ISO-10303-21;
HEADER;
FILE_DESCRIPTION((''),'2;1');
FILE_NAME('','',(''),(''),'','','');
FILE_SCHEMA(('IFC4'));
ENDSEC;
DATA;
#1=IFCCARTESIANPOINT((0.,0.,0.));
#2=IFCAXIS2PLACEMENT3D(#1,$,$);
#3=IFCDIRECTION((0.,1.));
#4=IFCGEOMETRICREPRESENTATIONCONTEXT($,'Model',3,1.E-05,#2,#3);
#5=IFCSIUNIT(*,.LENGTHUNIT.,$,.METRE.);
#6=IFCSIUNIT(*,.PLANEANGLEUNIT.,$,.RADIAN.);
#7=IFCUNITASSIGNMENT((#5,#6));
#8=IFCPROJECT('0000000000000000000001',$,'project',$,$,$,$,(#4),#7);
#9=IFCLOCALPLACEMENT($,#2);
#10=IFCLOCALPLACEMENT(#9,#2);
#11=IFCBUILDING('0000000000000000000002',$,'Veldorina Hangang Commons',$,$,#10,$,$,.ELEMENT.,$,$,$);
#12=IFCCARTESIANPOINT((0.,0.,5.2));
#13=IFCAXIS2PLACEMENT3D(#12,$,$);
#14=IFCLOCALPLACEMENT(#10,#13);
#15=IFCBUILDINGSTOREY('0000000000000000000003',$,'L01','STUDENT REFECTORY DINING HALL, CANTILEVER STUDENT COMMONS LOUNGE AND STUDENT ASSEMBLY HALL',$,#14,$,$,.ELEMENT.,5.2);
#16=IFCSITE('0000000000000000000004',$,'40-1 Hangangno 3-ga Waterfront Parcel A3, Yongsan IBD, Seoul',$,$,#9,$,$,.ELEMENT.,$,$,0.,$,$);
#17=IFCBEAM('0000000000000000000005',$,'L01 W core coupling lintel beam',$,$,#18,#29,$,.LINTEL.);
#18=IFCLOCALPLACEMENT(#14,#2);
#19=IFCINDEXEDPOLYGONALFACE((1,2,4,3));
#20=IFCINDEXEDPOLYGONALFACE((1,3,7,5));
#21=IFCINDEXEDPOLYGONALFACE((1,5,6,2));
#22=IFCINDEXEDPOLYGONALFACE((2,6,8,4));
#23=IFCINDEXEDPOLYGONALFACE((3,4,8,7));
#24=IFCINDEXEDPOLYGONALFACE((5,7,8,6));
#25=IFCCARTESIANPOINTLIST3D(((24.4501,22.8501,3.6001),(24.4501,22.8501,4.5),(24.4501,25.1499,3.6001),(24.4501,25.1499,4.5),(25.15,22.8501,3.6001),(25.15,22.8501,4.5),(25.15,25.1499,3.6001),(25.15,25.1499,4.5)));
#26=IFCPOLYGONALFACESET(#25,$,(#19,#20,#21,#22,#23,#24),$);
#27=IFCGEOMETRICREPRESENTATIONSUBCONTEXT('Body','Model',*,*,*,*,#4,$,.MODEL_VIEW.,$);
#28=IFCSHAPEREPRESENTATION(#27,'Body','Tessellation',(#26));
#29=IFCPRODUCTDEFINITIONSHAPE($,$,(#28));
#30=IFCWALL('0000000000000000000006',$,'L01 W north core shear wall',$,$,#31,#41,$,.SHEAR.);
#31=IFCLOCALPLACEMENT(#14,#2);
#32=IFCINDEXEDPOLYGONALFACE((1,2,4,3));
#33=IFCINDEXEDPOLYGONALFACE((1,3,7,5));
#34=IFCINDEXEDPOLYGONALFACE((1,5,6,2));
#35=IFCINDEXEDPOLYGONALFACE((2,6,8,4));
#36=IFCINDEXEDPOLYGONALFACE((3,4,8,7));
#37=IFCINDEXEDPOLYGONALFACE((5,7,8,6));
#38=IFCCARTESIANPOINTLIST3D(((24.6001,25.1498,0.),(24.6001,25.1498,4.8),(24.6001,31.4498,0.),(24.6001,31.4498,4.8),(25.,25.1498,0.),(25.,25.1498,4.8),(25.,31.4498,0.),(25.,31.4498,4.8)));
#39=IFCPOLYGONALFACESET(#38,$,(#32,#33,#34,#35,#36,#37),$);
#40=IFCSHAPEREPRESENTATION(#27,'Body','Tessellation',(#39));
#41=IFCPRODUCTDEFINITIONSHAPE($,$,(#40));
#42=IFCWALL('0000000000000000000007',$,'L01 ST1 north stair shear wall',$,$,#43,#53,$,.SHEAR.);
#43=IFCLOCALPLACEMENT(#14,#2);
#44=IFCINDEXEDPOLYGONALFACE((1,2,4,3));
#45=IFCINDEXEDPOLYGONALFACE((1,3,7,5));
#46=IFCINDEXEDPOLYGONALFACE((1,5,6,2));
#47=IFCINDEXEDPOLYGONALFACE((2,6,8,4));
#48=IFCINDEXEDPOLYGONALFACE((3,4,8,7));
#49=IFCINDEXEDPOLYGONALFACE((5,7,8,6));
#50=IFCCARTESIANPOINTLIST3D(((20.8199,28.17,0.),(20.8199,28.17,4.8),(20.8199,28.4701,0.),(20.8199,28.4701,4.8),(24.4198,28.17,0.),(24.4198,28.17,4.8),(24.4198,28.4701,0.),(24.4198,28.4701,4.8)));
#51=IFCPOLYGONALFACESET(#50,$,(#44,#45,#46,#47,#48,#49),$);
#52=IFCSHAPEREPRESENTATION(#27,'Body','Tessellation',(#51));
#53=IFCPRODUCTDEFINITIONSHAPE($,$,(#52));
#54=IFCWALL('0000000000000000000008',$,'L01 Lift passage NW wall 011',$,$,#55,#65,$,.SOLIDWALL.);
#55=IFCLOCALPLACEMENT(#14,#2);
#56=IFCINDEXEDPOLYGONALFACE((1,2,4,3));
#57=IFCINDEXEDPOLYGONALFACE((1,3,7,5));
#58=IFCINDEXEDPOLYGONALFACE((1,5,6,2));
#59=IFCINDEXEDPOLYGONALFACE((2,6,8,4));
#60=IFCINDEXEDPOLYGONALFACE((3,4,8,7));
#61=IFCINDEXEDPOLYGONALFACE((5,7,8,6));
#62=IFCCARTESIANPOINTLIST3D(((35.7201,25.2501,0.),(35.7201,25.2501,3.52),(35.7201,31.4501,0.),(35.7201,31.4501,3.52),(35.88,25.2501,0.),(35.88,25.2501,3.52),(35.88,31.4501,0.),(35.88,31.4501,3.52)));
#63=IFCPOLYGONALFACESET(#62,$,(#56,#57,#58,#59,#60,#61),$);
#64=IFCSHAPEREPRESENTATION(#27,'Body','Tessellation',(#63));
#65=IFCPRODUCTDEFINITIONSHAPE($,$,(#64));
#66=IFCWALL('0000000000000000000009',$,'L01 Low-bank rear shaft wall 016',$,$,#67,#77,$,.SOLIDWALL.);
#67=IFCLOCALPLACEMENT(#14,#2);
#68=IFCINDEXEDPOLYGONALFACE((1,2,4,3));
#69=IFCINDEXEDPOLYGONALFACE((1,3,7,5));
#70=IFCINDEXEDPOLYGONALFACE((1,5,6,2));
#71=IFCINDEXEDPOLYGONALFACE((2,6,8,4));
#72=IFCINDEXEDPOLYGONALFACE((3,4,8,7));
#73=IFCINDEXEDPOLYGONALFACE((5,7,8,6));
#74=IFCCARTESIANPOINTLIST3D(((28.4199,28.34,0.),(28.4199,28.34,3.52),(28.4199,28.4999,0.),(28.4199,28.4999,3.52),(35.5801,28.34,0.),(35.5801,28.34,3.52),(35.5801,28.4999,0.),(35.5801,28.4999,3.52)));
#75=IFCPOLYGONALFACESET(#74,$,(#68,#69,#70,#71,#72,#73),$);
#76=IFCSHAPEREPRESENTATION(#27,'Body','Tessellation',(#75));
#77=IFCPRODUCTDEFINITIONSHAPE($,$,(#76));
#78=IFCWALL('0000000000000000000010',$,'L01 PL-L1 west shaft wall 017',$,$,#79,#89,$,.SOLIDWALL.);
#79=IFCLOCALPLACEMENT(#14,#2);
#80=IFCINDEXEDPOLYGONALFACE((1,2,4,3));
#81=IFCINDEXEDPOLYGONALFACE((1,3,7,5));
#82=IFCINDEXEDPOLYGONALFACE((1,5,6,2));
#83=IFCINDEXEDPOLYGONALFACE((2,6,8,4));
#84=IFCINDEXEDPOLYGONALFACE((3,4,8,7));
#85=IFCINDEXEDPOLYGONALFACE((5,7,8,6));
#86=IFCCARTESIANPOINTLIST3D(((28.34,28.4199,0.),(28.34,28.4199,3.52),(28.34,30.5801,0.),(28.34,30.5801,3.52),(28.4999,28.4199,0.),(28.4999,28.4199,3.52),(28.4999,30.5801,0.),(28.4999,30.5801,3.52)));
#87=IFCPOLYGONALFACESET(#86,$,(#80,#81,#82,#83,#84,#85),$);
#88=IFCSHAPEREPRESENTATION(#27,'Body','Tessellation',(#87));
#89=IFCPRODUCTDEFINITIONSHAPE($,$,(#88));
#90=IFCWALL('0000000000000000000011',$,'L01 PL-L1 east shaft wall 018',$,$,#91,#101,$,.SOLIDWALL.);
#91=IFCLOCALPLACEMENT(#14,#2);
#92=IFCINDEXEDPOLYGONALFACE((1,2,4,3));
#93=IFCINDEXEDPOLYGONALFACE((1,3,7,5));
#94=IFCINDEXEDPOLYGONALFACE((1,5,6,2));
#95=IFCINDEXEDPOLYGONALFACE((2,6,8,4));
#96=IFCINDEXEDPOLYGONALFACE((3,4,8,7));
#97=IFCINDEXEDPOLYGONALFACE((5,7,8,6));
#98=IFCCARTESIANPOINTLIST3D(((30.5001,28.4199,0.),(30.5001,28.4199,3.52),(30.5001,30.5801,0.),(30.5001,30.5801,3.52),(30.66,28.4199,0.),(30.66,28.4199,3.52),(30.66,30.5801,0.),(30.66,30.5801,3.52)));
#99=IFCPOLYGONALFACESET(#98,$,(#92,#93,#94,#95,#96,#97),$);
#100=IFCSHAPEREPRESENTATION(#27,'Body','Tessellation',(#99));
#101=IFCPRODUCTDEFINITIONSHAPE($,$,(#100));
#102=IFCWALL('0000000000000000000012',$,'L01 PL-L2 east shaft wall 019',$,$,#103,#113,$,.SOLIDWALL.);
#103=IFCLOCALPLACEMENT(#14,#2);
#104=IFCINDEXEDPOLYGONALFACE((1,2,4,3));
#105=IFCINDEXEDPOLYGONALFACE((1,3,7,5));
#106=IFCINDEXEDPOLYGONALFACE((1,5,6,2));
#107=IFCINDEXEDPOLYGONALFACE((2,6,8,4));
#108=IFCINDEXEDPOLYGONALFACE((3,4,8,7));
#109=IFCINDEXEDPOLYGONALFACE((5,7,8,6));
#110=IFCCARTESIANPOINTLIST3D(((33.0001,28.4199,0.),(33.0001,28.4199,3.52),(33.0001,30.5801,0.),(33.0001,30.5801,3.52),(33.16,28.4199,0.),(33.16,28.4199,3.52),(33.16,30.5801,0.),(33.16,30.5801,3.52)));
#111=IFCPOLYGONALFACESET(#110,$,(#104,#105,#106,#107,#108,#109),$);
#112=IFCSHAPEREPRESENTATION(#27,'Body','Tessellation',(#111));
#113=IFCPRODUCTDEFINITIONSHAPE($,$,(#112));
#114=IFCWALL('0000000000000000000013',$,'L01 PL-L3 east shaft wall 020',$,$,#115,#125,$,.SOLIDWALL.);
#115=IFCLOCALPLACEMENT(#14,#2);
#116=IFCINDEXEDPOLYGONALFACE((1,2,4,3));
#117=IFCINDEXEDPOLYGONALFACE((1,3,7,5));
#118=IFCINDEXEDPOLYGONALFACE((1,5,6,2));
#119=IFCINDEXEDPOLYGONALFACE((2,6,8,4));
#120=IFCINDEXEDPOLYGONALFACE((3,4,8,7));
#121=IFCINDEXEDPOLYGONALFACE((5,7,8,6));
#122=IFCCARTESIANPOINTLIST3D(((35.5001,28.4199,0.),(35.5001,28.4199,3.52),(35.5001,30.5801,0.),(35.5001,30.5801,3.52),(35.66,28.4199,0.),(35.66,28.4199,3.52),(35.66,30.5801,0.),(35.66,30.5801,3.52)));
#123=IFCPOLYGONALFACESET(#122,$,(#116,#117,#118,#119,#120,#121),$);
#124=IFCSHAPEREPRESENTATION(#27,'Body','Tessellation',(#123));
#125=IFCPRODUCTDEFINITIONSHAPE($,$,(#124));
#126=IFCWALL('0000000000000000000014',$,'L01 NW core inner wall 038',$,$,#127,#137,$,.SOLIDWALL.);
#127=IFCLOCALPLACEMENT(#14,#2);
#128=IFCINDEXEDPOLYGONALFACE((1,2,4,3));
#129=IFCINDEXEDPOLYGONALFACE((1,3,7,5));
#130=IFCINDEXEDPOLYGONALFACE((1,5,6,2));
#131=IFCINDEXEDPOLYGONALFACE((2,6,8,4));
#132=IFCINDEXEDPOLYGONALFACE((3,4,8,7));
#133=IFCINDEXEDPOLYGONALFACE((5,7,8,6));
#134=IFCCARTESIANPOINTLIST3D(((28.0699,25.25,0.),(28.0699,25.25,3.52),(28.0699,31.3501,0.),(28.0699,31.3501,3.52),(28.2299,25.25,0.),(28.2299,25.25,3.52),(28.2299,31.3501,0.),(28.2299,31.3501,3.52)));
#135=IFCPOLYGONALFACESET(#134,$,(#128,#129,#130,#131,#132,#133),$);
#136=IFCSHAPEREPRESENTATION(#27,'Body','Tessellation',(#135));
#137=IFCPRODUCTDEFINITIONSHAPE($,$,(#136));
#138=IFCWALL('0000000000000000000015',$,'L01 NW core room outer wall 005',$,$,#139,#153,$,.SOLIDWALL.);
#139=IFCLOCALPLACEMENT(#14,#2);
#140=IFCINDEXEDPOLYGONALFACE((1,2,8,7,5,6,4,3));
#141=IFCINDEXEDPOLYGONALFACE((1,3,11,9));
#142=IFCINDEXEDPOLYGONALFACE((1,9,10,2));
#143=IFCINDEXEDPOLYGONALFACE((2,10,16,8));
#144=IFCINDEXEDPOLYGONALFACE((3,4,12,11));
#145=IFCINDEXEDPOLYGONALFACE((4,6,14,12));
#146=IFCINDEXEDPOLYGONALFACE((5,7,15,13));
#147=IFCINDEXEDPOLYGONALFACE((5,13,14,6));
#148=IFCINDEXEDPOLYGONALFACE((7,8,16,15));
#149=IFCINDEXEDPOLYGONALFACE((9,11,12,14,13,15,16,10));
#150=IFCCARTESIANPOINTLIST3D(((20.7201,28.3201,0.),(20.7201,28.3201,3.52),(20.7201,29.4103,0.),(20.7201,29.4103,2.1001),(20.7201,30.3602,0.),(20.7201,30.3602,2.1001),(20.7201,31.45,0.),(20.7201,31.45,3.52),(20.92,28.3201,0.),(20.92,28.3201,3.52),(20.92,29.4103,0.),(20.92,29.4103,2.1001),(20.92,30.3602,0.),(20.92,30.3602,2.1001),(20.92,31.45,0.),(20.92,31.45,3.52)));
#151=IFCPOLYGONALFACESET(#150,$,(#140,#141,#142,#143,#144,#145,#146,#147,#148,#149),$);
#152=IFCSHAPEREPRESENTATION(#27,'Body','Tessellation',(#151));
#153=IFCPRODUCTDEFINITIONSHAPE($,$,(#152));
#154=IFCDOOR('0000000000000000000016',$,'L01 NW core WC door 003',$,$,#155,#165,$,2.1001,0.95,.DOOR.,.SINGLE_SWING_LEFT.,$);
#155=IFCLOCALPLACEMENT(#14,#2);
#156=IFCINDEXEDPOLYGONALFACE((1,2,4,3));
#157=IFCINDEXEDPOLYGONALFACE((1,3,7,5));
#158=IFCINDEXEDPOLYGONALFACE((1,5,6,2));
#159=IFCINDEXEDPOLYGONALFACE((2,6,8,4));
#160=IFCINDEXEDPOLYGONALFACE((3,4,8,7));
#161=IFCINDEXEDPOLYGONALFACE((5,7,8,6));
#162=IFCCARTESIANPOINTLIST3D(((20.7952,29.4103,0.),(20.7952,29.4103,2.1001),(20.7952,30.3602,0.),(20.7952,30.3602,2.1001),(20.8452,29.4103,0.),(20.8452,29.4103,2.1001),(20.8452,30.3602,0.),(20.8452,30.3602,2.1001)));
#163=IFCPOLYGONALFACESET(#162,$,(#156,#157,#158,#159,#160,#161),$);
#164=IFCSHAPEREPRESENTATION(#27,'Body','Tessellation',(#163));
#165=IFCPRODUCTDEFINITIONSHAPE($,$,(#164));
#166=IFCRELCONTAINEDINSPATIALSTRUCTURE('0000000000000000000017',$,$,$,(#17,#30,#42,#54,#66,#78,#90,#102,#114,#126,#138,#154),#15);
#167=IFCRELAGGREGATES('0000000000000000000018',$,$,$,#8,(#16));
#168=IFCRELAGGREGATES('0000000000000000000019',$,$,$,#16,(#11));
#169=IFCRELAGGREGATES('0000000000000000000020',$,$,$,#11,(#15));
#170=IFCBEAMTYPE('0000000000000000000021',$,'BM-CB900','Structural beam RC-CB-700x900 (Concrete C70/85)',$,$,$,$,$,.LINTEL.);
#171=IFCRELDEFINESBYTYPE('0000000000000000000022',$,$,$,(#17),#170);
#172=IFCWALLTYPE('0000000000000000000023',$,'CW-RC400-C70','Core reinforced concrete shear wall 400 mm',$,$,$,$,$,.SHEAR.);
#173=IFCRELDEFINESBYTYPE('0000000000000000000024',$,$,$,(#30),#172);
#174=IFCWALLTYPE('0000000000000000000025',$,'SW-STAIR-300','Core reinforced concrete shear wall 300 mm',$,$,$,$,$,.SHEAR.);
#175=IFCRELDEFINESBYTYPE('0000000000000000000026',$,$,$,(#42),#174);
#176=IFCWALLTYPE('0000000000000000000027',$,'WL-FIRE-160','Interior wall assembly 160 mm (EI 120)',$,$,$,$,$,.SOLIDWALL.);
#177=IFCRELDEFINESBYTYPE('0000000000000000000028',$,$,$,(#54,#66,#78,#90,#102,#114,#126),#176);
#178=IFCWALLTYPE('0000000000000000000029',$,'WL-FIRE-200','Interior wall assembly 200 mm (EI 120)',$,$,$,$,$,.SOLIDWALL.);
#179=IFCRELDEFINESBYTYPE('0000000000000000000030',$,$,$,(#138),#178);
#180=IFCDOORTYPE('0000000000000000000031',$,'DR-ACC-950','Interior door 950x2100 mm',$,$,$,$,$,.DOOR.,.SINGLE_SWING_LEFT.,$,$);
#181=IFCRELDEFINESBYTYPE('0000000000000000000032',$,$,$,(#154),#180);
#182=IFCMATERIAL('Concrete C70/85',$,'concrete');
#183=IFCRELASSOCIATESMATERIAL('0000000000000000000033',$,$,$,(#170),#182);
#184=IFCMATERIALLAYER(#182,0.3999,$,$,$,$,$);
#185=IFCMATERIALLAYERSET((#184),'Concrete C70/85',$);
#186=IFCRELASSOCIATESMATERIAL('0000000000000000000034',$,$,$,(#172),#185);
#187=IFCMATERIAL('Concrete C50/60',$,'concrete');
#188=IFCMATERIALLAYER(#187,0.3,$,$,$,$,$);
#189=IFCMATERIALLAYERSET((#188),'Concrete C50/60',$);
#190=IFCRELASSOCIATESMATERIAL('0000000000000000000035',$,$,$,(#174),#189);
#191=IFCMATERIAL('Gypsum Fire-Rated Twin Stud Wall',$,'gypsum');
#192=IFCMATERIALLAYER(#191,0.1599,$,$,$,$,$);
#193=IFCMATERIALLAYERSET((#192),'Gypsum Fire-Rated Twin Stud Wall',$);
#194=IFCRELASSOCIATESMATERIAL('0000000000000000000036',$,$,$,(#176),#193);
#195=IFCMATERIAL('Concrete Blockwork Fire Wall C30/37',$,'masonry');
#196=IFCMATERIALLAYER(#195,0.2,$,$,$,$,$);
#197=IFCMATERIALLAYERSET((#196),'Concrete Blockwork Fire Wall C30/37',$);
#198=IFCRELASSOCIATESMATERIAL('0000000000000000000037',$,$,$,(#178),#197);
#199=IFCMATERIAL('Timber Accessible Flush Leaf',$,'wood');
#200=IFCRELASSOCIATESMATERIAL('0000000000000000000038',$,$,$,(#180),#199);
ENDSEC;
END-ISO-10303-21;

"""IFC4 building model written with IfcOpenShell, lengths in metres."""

from ifc_helpers import new_model, si_unit, direction, frame, frame_2d, origin, origin_2d, place, context, subcontext, project, spatial, rectangle, extrude, material, layer, layer_set, material_profile, profile_set, type_object, element, fill, save


model = new_model("IFC4")

# Units and contexts
model_context = context("Model", 3, precision=1e-05, world=origin(), true_north=direction((0.0, 1.0)))
body_context = subcontext(model_context, "Body", "Model", "MODEL_VIEW")
ifc_project = project(units=[si_unit("LENGTHUNIT", "METRE"), si_unit("PLANEANGLEUNIT", "RADIAN")], contexts=[model_context])

# Site, building, storey
site_placement = place(None, origin())
site = spatial("IfcSite", under=ifc_project, at=site_placement, Name="40-1 Hangangno 3-ga Waterfront Parcel A3, Yongsan IBD, Seoul", CompositionType="ELEMENT", RefElevation=0.0)
building_placement = place(site_placement, origin())
building = spatial("IfcBuilding", under=site, at=building_placement, Name="Veldorina Hangang Commons", CompositionType="ELEMENT")
storey_placement = place(building_placement, frame((0.0, 0.0, 5.2)))
storey = spatial("IfcBuildingStorey", under=building, at=storey_placement, Name="L01", Description="STUDENT REFECTORY DINING HALL, CANTILEVER STUDENT COMMONS LOUNGE AND STUDENT ASSEMBLY HALL", CompositionType="ELEMENT", Elevation=5.2)

# Beam
ifc_material_1 = material(Name="Concrete C70/85", Category="concrete")
ifc_material_profile = material_profile(ifc_material_1, rectangle(XDim=0.7, YDim=0.8999, at=origin_2d()), Name="RC-CB-700x900")
ifc_profile_set = profile_set([ifc_material_profile], Name="Concrete C70/85")
beam_type = type_object("IfcBeamType", Name="BM-CB900", Description="Structural beam RC-CB-700x900 (Concrete C70/85)", PredefinedType="LINTEL", material=ifc_profile_set)
beam_placement = place(storey_placement, frame((24.8, 22.8501, 4.05), z_axis=(0.0, 1.0, 0.0), x_axis=(-1.0, 0.0, 0.0)))
element("IfcBeam", 1, at=beam_placement, inside=storey, type_object=beam_type, Name="L01 W core coupling lintel beam", PredefinedType="LINTEL", context=body_context, shape_type="SweptSolid", body=[
    extrude(rectangle(XDim=0.7, YDim=0.8999, at=origin_2d()), origin(), (0.0, 0.0, 1.0), 2.2998),
])

# Walls
ifc_layer_1 = layer(ifc_material_1, 0.3999)
ifc_layer_set_1 = layer_set([ifc_layer_1], Name="Concrete C70/85")
wall_type_1 = type_object("IfcWallType", Name="CW-RC400-C70", Description="Core reinforced concrete shear wall 400 mm", PredefinedType="SHEAR", material=ifc_layer_set_1)
wall_1_placement = place(storey_placement, frame((24.8, 25.1499, 0.0), z_axis=(0.0, 0.0, 1.0), x_axis=(0.0, 1.0, 0.0)))
element("IfcWall", 2, at=wall_1_placement, inside=storey, type_object=wall_type_1, Name="L01 W north core shear wall", PredefinedType="SHEAR", context=body_context, shape_type="SweptSolid", body=[
    extrude(rectangle(XDim=6.3, YDim=0.3999, at=frame_2d((3.1499, 0.0))), origin(), (0.0, 0.0, 1.0), 4.8),
])
ifc_material_2 = material(Name="Concrete C50/60", Category="concrete")
ifc_layer_2 = layer(ifc_material_2, 0.3)
ifc_layer_set_2 = layer_set([ifc_layer_2], Name="Concrete C50/60")
wall_type_2 = type_object("IfcWallType", Name="SW-STAIR-300", Description="Core reinforced concrete shear wall 300 mm", PredefinedType="SHEAR", material=ifc_layer_set_2)
wall_2_placement = place(storey_placement, frame((20.8201, 28.3201, 0.0), z_axis=(0.0, 0.0, 1.0), x_axis=(1.0, 0.0, 0.0)))
element("IfcWall", 3, at=wall_2_placement, inside=storey, type_object=wall_type_2, Name="L01 ST1 north stair shear wall", PredefinedType="SHEAR", context=body_context, shape_type="SweptSolid", body=[
    extrude(rectangle(XDim=3.5999, YDim=0.3, at=frame_2d((1.7998, 0.0))), origin(), (0.0, 0.0, 1.0), 4.8),
])
ifc_material_3 = material(Name="Gypsum Fire-Rated Twin Stud Wall", Category="gypsum")
ifc_layer_3 = layer(ifc_material_3, 0.1599)
ifc_layer_set_3 = layer_set([ifc_layer_3], Name="Gypsum Fire-Rated Twin Stud Wall")
wall_type_3 = type_object("IfcWallType", Name="WL-FIRE-160", Description="Interior wall assembly 160 mm (EI 120)", PredefinedType="SOLIDWALL", material=ifc_layer_set_3)
wall_3_placement = place(storey_placement, frame((35.8, 25.25, 0.0), z_axis=(0.0, 0.0, 1.0), x_axis=(0.0, 1.0, 0.0)))
element("IfcWall", 4, at=wall_3_placement, inside=storey, type_object=wall_type_3, Name="L01 Lift passage NW wall 011", PredefinedType="SOLIDWALL", context=body_context, shape_type="SweptSolid", body=[
    extrude(rectangle(XDim=6.2, YDim=0.1599, at=frame_2d((3.1001, 0.0))), origin(), (0.0, 0.0, 1.0), 3.52),
])
wall_4_placement = place(storey_placement, frame((28.4199, 28.4199, 0.0), z_axis=(0.0, 0.0, 1.0), x_axis=(1.0, 0.0, 0.0)))
element("IfcWall", 5, at=wall_4_placement, inside=storey, type_object=wall_type_3, Name="L01 Low-bank rear shaft wall 016", PredefinedType="SOLIDWALL", context=body_context, shape_type="SweptSolid", body=[
    extrude(rectangle(XDim=7.1602, YDim=0.1599, at=frame_2d((3.5801, 0.0))), origin(), (0.0, 0.0, 1.0), 3.52),
])
for number, where, z_axis, x_axis, name in (
    (6, (28.4199, 28.4199, 0.0), (0.0, 0.0, 1.0), (0.0, 1.0, 0.0), "L01 PL-L1 west shaft wall 017"),
    (7, (30.5801, 28.4199, 0.0), (0.0, 0.0, 1.0), (0.0, 1.0, 0.0), "L01 PL-L1 east shaft wall 018"),
    (8, (33.0801, 28.4199, 0.0), (0.0, 0.0, 1.0), (0.0, 1.0, 0.0), "L01 PL-L2 east shaft wall 019"),
    (9, (35.5801, 28.4199, 0.0), (0.0, 0.0, 1.0), (0.0, 1.0, 0.0), "L01 PL-L3 east shaft wall 020"),
):
    element("IfcWall", number, at=place(storey_placement, frame(where, z_axis=z_axis, x_axis=x_axis)), inside=storey, type_object=wall_type_3, Name=name, PredefinedType="SOLIDWALL", context=body_context, shape_type="SweptSolid", body=[
        extrude(rectangle(XDim=2.1602, YDim=0.1599, at=frame_2d((1.0801, 0.0))), origin(), (0.0, 0.0, 1.0), 3.52),
    ])
wall_5_placement = place(storey_placement, frame((28.1499, 25.25, 0.0), z_axis=(0.0, 0.0, 1.0), x_axis=(0.0, 1.0, 0.0)))
element("IfcWall", 10, at=wall_5_placement, inside=storey, type_object=wall_type_3, Name="L01 NW core inner wall 038", PredefinedType="SOLIDWALL", context=body_context, shape_type="SweptSolid", body=[
    extrude(rectangle(XDim=6.1001, YDim=0.1599, at=frame_2d((3.05, 0.0))), origin(), (0.0, 0.0, 1.0), 3.52),
])

# Wall, opening, door
ifc_material_4 = material(Name="Concrete Blockwork Fire Wall C30/37", Category="masonry")
ifc_layer_4 = layer(ifc_material_4, 0.2)
ifc_layer_set_4 = layer_set([ifc_layer_4], Name="Concrete Blockwork Fire Wall C30/37")
wall_type_4 = type_object("IfcWallType", Name="WL-FIRE-200", Description="Interior wall assembly 200 mm (EI 120)", PredefinedType="SOLIDWALL", material=ifc_layer_set_4)
wall_6_placement = place(storey_placement, frame((20.8201, 28.3201, 0.0), z_axis=(0.0, 0.0, 1.0), x_axis=(0.0, 1.0, 0.0)))
wall_6 = element("IfcWall", 11, at=wall_6_placement, inside=storey, type_object=wall_type_4, Name="L01 NW core room outer wall 005", PredefinedType="SOLIDWALL", context=body_context, shape_type="SweptSolid", body=[
    extrude(rectangle(XDim=3.1299, YDim=0.2, at=frame_2d((1.5649, 0.0))), origin(), (0.0, 0.0, 1.0), 3.52),
])
opening_1_placement = place(wall_6_placement, frame((1.0901, 0.0, 0.0)))
opening_1 = element("IfcOpeningElement", 12, at=opening_1_placement, cuts=wall_6, PredefinedType="OPENING", context=body_context, shape_type="SweptSolid", body=[
    extrude(rectangle(XDim=0.95, YDim=2.1001, at=frame_2d((0.4751, 1.05))), frame((0.0, 0.1099, 0.0), z_axis=(0.0, -1.0, 0.0), x_axis=(1.0, 0.0, 0.0)), (0.0, 0.0, 1.0), 0.22),
])
ifc_material_5 = material(Name="Timber Accessible Flush Leaf", Category="wood")
door_type_1 = type_object("IfcDoorType", Name="DR-ACC-950", Description="Interior door 950x2100 mm", OperationType="SINGLE_SWING_LEFT", PredefinedType="DOOR", material=ifc_material_5)
door_1_placement = place(opening_1_placement, origin())
door_1 = element("IfcDoor", 13, at=door_1_placement, inside=storey, type_object=door_type_1, Name="L01 NW core WC door 003", OperationType="SINGLE_SWING_LEFT", OverallHeight=2.1001, OverallWidth=0.95, PredefinedType="DOOR", context=body_context, shape_type="SweptSolid", body=[
    extrude(rectangle(XDim=0.95, YDim=2.1001, at=frame_2d((0.4751, 1.05))), frame((0.0, 0.0249, 0.0), z_axis=(0.0, -1.0, 0.0), x_axis=(1.0, 0.0, 0.0)), (0.0, 0.0, 1.0), 0.05),
])
fill(opening_1, door_1)

save(model, "model.ifc")
